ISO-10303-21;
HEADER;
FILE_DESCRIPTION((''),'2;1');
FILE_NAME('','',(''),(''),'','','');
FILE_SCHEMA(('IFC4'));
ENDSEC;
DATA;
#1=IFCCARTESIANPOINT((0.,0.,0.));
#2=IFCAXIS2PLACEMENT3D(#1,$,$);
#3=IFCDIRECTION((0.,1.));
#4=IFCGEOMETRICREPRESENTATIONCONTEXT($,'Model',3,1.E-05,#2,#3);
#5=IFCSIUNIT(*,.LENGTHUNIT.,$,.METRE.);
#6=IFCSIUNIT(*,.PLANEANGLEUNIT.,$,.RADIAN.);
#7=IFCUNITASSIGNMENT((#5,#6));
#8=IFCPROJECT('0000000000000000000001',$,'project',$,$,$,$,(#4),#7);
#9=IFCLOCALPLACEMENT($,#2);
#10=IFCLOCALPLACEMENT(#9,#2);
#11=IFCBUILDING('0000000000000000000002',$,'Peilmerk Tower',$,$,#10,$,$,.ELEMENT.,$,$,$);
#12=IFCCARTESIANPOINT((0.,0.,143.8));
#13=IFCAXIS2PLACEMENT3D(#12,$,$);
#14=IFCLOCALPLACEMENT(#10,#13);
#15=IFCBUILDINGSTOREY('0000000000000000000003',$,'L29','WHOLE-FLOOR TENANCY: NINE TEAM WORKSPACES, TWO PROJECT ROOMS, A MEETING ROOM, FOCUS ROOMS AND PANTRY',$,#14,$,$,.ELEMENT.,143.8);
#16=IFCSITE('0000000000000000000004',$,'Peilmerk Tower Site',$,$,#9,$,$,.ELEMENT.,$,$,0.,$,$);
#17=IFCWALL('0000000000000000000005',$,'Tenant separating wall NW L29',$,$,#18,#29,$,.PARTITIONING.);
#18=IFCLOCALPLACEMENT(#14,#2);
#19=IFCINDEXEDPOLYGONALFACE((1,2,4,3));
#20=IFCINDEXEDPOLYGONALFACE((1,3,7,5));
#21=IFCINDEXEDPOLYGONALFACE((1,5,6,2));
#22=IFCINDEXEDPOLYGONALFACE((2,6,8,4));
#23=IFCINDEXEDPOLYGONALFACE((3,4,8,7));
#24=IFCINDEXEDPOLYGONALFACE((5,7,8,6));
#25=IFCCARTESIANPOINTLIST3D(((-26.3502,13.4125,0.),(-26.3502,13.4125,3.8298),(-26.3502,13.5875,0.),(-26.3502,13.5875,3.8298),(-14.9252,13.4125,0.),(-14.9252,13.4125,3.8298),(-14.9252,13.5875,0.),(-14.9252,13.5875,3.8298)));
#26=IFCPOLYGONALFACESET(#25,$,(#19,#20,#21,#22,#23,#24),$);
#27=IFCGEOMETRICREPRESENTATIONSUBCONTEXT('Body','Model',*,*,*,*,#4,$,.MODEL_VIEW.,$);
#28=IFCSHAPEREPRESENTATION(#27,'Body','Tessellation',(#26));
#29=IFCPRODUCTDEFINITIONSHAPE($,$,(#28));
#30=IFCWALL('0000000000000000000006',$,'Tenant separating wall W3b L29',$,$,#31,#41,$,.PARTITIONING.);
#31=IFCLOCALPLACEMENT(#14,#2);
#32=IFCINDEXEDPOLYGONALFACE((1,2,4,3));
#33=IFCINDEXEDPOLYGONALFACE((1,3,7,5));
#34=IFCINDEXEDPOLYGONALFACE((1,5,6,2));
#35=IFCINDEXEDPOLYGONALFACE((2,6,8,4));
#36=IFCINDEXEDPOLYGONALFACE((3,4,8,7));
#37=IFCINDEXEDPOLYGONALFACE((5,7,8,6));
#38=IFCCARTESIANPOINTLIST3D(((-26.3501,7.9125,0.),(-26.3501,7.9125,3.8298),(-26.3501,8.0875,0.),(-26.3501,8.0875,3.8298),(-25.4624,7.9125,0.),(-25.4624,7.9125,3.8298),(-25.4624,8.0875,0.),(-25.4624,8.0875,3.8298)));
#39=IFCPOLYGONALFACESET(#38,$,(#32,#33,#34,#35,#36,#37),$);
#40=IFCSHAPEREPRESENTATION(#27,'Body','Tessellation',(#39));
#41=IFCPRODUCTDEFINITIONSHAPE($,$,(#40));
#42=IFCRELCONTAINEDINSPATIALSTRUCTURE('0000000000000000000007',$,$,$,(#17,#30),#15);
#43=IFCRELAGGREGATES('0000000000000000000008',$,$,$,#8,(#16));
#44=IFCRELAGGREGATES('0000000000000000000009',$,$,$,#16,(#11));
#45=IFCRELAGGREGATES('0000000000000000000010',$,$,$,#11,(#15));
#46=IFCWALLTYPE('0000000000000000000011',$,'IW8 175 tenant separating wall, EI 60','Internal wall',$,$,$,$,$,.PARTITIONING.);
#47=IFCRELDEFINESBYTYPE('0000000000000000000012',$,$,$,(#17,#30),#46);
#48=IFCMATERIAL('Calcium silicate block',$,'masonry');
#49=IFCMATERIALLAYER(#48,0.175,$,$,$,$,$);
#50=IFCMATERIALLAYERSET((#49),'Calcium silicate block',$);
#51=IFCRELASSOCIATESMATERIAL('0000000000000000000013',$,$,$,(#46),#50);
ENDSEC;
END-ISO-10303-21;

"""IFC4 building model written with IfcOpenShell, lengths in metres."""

from ifc_helpers import new_model, si_unit, direction, frame, frame_2d, origin, place, context, subcontext, project, spatial, rectangle, extrude, material, layer, layer_set, type_object, element, save


model = new_model("IFC4")

# Units and contexts
model_context = context("Model", 3, precision=1e-05, world=origin(), true_north=direction((0.0, 1.0)))
body_context = subcontext(model_context, "Body", "Model", "MODEL_VIEW")
ifc_project = project(units=[si_unit("LENGTHUNIT", "METRE"), si_unit("PLANEANGLEUNIT", "RADIAN")], contexts=[model_context])

# Site, building, storey
site_placement = place(None, origin())
site = spatial("IfcSite", under=ifc_project, at=site_placement, Name="Peilmerk Tower Site", CompositionType="ELEMENT", RefElevation=0.0)
building_placement = place(site_placement, origin())
building = spatial("IfcBuilding", under=site, at=building_placement, Name="Peilmerk Tower", CompositionType="ELEMENT")
storey_placement = place(building_placement, frame((0.0, 0.0, 143.8)))
storey = spatial("IfcBuildingStorey", under=building, at=storey_placement, Name="L29", Description="WHOLE-FLOOR TENANCY: NINE TEAM WORKSPACES, TWO PROJECT ROOMS, A MEETING ROOM, FOCUS ROOMS AND PANTRY", CompositionType="ELEMENT", Elevation=143.8)

# Walls
ifc_material_1 = material(Name="Calcium silicate block", Category="masonry")
ifc_layer_1 = layer(ifc_material_1, 0.175)
ifc_layer_set_1 = layer_set([ifc_layer_1], Name="Calcium silicate block")
wall_type_1 = type_object("IfcWallType", Name="IW8 175 tenant separating wall, EI 60", Description="Internal wall", PredefinedType="PARTITIONING", material=ifc_layer_set_1)
wall_1_placement = place(storey_placement, frame((-26.3501, 13.5, 0.0), z_axis=(0.0, 0.0, 1.0), x_axis=(1.0, 0.0, 0.0)))
element("IfcWall", 1, at=wall_1_placement, inside=storey, type_object=wall_type_1, Name="Tenant separating wall NW L29", PredefinedType="PARTITIONING", context=body_context, shape_type="SweptSolid", body=[
    extrude(rectangle(XDim=11.425, YDim=0.175, at=frame_2d((5.7124, 0.0))), origin(), (0.0, 0.0, 1.0), 3.8298),
])
wall_2_placement = place(storey_placement, frame((-25.4624, 8.0, 0.0), z_axis=(0.0, 0.0, 1.0), x_axis=(-1.0, 0.0, 0.0)))
element("IfcWall", 2, at=wall_2_placement, inside=storey, type_object=wall_type_1, Name="Tenant separating wall W3b L29", PredefinedType="PARTITIONING", context=body_context, shape_type="SweptSolid", body=[
    extrude(rectangle(XDim=0.8877, YDim=0.175, at=frame_2d((0.4438, 0.0))), origin(), (0.0, 0.0, 1.0), 3.8298),
])

save(model, "model.ifc")
